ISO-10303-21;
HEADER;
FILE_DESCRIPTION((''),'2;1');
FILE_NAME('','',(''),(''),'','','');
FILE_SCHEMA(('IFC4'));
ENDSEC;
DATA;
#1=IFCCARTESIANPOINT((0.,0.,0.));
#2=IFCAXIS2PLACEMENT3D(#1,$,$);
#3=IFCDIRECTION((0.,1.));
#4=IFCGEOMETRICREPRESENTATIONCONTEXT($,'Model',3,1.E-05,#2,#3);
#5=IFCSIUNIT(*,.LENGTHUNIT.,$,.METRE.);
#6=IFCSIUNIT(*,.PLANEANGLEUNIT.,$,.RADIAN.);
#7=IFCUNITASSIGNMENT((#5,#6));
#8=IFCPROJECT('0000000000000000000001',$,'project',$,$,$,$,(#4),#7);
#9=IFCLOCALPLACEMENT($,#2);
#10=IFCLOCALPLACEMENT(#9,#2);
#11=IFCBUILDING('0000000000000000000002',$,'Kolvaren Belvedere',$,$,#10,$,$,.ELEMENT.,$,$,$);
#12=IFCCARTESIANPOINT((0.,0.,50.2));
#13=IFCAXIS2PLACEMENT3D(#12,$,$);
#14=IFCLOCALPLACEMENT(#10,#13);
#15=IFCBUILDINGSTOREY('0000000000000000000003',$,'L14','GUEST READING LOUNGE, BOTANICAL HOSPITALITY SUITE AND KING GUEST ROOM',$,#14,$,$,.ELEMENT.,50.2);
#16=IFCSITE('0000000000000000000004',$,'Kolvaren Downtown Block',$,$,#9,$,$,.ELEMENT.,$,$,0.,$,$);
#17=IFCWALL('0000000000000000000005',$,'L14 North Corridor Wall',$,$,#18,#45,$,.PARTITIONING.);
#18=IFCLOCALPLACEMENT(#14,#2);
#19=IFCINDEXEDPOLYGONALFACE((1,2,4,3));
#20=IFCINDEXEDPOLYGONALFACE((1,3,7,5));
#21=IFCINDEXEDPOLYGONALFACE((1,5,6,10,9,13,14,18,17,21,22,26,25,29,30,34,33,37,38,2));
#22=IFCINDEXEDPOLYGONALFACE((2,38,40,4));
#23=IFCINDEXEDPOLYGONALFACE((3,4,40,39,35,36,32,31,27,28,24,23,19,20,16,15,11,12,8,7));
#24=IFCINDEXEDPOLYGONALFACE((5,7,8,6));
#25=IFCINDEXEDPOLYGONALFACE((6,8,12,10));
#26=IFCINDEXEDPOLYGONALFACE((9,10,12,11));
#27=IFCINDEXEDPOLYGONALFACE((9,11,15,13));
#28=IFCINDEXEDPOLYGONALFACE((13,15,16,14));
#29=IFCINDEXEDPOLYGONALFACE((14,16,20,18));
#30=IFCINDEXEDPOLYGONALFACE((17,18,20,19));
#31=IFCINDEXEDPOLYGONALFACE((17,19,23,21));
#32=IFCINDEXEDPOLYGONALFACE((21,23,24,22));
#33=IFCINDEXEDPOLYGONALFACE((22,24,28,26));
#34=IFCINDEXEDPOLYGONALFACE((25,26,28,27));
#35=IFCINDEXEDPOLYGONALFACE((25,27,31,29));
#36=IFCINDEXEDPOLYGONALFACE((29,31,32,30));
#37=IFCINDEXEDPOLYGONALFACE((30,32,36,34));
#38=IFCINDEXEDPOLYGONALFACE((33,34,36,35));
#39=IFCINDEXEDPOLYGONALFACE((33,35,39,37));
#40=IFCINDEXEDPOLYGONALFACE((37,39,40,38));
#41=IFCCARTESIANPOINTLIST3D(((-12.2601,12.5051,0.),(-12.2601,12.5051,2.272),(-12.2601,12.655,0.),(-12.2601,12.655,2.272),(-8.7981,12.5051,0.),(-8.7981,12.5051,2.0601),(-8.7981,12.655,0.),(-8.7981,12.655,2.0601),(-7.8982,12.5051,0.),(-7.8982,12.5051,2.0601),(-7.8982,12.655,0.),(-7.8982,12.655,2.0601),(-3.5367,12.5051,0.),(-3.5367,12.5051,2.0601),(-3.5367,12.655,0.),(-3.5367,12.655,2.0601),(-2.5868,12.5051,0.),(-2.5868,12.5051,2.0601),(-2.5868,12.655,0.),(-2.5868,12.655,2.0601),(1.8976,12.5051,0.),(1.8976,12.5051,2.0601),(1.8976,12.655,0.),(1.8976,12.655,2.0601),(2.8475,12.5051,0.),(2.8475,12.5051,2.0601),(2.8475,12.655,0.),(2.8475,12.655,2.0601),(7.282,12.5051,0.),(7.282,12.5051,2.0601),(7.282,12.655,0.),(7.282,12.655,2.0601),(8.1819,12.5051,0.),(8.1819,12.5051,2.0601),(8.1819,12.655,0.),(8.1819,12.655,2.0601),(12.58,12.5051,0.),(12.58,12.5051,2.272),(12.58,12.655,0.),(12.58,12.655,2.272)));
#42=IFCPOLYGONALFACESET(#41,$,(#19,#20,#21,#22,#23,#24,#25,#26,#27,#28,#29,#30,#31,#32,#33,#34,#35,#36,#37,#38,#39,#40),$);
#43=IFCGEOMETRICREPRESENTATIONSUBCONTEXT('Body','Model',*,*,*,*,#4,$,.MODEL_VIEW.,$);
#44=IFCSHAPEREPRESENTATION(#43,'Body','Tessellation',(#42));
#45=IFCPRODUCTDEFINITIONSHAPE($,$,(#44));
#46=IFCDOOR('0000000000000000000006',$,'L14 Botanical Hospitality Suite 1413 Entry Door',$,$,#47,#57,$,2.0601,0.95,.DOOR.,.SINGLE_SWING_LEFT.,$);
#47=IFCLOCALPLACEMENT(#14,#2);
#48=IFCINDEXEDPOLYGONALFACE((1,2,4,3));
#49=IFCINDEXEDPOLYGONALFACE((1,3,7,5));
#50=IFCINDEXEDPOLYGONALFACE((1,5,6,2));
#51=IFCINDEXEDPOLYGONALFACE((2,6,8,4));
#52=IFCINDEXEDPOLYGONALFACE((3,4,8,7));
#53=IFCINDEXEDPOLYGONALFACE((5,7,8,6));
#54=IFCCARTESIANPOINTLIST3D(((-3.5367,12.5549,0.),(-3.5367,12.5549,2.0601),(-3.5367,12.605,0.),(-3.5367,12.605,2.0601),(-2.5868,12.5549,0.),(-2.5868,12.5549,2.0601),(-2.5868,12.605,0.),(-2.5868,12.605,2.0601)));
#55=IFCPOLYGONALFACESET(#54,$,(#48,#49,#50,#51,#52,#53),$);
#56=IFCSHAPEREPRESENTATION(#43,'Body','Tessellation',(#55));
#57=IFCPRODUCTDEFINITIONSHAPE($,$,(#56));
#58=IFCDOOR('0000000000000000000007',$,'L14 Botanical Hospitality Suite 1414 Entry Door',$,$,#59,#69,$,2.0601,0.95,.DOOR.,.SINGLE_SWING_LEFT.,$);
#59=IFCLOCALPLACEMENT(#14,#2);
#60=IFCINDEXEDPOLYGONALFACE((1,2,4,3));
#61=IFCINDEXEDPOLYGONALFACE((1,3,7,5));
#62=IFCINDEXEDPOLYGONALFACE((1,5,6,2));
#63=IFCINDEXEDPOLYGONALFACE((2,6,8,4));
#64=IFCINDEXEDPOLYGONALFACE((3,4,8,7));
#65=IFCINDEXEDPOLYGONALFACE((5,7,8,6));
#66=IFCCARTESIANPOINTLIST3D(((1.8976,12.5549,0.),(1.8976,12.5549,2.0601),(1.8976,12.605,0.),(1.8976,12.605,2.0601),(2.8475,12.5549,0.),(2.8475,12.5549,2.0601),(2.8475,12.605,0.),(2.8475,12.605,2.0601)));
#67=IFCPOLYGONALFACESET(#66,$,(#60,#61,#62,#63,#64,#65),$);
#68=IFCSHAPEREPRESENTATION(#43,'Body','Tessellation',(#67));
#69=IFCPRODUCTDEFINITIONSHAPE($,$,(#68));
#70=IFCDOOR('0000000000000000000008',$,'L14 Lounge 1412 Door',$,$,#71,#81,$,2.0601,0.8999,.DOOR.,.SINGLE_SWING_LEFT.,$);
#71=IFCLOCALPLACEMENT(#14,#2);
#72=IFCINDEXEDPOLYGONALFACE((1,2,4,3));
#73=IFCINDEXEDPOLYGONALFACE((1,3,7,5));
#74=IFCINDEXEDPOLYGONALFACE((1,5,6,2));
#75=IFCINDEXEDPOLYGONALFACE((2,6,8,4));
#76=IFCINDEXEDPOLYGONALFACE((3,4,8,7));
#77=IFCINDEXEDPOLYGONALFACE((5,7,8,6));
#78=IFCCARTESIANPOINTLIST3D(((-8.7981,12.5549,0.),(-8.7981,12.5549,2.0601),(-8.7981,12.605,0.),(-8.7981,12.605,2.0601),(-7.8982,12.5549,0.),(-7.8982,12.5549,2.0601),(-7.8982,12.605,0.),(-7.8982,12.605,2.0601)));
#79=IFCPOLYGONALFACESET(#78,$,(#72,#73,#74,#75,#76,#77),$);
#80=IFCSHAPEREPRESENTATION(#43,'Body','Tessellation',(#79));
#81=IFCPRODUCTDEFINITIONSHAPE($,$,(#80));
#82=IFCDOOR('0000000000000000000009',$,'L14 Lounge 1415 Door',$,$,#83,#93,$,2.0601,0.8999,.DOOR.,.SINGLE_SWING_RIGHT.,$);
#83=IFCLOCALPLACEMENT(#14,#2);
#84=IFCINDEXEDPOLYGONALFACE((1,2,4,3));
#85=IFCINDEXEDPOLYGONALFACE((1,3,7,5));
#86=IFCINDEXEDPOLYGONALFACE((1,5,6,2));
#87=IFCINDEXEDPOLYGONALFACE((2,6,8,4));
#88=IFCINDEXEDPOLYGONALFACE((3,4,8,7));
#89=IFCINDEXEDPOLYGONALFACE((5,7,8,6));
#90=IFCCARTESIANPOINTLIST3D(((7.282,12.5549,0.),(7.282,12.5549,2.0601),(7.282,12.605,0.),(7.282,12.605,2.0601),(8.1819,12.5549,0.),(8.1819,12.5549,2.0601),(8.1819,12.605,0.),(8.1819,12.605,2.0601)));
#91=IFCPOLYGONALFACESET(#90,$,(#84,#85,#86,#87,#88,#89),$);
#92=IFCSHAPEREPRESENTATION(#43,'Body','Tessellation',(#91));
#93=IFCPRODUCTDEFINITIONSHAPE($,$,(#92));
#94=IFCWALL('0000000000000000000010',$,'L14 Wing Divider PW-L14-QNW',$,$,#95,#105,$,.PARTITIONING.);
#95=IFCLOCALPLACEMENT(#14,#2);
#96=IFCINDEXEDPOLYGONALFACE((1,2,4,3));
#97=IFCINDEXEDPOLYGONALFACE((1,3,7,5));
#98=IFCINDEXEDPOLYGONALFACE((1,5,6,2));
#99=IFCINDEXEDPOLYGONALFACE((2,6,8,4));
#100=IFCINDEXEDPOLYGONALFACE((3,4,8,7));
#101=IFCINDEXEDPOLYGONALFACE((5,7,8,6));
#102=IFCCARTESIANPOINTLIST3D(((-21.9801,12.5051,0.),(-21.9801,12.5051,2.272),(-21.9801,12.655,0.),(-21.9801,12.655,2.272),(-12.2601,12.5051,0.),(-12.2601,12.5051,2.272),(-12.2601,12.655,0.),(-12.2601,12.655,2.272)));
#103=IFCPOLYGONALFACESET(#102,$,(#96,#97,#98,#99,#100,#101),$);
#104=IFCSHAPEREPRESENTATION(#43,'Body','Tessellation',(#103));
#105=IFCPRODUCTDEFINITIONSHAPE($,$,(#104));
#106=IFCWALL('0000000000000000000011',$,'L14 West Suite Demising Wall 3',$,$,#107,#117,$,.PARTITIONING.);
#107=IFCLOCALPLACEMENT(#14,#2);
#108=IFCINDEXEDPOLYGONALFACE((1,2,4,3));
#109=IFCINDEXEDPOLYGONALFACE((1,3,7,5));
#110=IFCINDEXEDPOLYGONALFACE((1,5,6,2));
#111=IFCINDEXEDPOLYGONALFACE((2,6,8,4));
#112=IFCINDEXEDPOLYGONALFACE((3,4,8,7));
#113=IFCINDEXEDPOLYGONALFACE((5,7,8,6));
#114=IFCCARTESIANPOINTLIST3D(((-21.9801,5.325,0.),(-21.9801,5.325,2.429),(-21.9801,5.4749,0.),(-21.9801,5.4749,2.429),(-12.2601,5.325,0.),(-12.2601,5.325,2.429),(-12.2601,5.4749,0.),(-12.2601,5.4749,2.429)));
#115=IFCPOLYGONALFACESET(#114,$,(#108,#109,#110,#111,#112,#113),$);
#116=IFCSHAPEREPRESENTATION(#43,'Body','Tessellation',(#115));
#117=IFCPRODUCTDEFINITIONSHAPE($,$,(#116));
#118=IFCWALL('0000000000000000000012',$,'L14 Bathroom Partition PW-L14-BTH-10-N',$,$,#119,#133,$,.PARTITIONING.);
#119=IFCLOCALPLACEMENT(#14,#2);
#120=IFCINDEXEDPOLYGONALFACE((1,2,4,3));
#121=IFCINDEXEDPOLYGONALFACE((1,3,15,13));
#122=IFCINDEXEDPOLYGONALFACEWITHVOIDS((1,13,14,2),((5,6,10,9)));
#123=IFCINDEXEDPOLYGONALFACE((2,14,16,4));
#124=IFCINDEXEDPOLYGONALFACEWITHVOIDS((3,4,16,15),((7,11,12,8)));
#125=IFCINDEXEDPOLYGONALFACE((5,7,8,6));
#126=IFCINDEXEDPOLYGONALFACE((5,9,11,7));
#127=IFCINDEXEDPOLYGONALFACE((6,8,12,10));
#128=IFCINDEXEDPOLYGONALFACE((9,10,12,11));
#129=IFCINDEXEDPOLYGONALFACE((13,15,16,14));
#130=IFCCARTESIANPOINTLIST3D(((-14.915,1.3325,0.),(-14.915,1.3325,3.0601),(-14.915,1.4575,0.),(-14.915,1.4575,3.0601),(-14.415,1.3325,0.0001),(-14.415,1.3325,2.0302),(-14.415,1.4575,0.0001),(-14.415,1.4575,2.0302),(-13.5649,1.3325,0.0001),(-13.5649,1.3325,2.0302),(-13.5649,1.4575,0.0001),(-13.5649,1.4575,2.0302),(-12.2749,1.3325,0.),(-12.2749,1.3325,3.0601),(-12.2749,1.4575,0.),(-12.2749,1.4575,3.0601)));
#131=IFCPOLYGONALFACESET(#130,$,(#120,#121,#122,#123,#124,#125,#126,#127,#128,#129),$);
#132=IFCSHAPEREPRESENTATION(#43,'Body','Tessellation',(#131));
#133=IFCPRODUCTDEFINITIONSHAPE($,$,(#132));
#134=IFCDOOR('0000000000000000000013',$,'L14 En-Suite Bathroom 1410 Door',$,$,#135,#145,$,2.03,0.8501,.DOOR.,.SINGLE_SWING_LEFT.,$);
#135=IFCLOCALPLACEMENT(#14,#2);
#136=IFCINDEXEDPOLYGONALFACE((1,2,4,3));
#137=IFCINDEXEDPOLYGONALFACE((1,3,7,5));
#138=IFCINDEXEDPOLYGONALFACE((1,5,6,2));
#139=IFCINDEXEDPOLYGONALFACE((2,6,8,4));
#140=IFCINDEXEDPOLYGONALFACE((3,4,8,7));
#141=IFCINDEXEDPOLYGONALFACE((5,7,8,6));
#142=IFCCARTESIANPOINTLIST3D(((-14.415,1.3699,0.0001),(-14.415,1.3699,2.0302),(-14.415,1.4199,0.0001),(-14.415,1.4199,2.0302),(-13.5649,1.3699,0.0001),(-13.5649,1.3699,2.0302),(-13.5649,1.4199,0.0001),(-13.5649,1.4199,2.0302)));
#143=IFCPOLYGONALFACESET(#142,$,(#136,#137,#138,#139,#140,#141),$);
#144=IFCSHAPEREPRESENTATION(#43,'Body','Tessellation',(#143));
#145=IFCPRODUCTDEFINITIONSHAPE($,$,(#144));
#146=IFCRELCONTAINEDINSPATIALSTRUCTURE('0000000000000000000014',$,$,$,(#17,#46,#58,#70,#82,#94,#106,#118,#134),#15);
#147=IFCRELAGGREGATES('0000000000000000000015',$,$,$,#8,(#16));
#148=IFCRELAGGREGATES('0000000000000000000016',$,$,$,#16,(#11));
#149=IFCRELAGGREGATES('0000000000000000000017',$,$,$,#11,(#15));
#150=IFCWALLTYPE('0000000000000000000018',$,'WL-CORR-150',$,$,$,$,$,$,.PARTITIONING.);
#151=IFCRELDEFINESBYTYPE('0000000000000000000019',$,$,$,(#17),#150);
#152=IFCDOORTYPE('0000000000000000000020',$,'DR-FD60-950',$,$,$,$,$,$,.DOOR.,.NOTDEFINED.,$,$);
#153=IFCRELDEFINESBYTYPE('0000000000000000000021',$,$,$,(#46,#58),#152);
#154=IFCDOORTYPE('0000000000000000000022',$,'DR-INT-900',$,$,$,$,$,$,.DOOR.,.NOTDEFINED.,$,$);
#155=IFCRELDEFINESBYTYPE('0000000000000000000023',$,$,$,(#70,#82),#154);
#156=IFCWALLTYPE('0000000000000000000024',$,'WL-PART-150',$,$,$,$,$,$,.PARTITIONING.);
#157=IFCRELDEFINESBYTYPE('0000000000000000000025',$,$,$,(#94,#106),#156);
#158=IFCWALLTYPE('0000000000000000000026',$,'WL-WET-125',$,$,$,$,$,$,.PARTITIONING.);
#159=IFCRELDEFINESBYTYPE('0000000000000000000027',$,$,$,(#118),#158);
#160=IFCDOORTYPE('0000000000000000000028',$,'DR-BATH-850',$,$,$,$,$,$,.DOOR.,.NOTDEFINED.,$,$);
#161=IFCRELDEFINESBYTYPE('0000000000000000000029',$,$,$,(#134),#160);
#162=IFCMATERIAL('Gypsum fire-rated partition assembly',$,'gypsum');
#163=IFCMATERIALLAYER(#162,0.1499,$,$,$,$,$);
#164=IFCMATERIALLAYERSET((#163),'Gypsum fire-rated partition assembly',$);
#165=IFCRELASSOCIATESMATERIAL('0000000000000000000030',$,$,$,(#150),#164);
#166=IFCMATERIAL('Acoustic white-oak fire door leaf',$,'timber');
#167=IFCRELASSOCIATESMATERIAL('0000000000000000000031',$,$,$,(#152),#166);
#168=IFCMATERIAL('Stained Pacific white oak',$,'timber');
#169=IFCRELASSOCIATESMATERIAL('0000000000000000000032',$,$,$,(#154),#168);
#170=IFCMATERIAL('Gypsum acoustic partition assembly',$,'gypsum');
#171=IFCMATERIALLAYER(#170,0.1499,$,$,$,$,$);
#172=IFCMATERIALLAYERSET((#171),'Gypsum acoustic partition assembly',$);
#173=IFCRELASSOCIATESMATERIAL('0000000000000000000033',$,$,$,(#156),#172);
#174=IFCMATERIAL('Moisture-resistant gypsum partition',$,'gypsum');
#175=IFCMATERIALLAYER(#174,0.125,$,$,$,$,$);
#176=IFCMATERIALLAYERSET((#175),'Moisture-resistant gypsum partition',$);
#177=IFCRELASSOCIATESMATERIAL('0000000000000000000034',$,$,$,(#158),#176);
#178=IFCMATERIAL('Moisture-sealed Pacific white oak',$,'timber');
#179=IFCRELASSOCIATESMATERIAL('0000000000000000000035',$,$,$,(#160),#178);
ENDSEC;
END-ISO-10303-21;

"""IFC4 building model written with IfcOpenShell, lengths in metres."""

from ifc_helpers import new_model, si_unit, direction, frame, frame_2d, origin, place, context, subcontext, project, spatial, rectangle, extrude, material, layer, layer_set, type_object, element, fill, save


model = new_model("IFC4")

# Units and contexts
model_context = context("Model", 3, precision=1e-05, world=origin(), true_north=direction((0.0, 1.0)))
body_context = subcontext(model_context, "Body", "Model", "MODEL_VIEW")
ifc_project = project(units=[si_unit("LENGTHUNIT", "METRE"), si_unit("PLANEANGLEUNIT", "RADIAN")], contexts=[model_context])

# Site, building, storey
site_placement = place(None, origin())
site = spatial("IfcSite", under=ifc_project, at=site_placement, Name="Kolvaren Downtown Block", CompositionType="ELEMENT", RefElevation=0.0)
building_placement = place(site_placement, origin())
building = spatial("IfcBuilding", under=site, at=building_placement, Name="Kolvaren Belvedere", CompositionType="ELEMENT")
storey_placement = place(building_placement, frame((0.0, 0.0, 50.2)))
storey = spatial("IfcBuildingStorey", under=building, at=storey_placement, Name="L14", Description="GUEST READING LOUNGE, BOTANICAL HOSPITALITY SUITE AND KING GUEST ROOM", CompositionType="ELEMENT", Elevation=50.2)

# Wall, openings, doors
ifc_material_1 = material(Name="Gypsum fire-rated partition assembly", Category="gypsum")
ifc_layer_1 = layer(ifc_material_1, 0.1499)
ifc_layer_set_1 = layer_set([ifc_layer_1], Name="Gypsum fire-rated partition assembly")
wall_type_1 = type_object("IfcWallType", Name="WL-CORR-150", PredefinedType="PARTITIONING", material=ifc_layer_set_1)
wall_1_placement = place(storey_placement, frame((-12.26, 12.5801, 0.0), z_axis=(0.0, 0.0, 1.0), x_axis=(1.0, 0.0, 0.0)))
wall_1 = element("IfcWall", 1, at=wall_1_placement, inside=storey, type_object=wall_type_1, Name="L14 North Corridor Wall", PredefinedType="PARTITIONING", context=body_context, shape_type="SweptSolid", body=[
    extrude(rectangle(XDim=24.8401, YDim=0.1499, at=frame_2d((12.4199, 0.0))), origin(), (0.0, 0.0, 1.0), 2.272),
])
opening_1_placement = place(wall_1_placement, frame((3.4619, 0.0, 0.0)))
opening_1 = element("IfcOpeningElement", 2, at=opening_1_placement, cuts=wall_1, PredefinedType="OPENING", context=body_context, shape_type="SweptSolid", body=[
    extrude(rectangle(XDim=0.8999, YDim=2.0601, at=frame_2d((0.45, 1.03))), frame((0.0, 0.085, 0.0), z_axis=(0.0, -1.0, 0.0), x_axis=(1.0, 0.0, 0.0)), (0.0, 0.0, 1.0), 0.1699),
])
opening_2_placement = place(wall_1_placement, frame((8.7231, 0.0, 0.0)))
opening_2 = element("IfcOpeningElement", 3, at=opening_2_placement, cuts=wall_1, PredefinedType="OPENING", context=body_context, shape_type="SweptSolid", body=[
    extrude(rectangle(XDim=0.95, YDim=2.0601, at=frame_2d((0.4751, 1.03))), frame((0.0, 0.085, 0.0), z_axis=(0.0, -1.0, 0.0), x_axis=(1.0, 0.0, 0.0)), (0.0, 0.0, 1.0), 0.1699),
])
opening_3_placement = place(wall_1_placement, frame((14.1575, 0.0, 0.0)))
opening_3 = element("IfcOpeningElement", 4, at=opening_3_placement, cuts=wall_1, PredefinedType="OPENING", context=body_context, shape_type="SweptSolid", body=[
    extrude(rectangle(XDim=0.95, YDim=2.0601, at=frame_2d((0.4751, 1.03))), frame((0.0, 0.085, 0.0), z_axis=(0.0, -1.0, 0.0), x_axis=(1.0, 0.0, 0.0)), (0.0, 0.0, 1.0), 0.1699),
])
opening_4_placement = place(wall_1_placement, frame((19.542, 0.0, 0.0)))
opening_4 = element("IfcOpeningElement", 5, at=opening_4_placement, cuts=wall_1, PredefinedType="OPENING", context=body_context, shape_type="SweptSolid", body=[
    extrude(rectangle(XDim=0.8999, YDim=2.0601, at=frame_2d((0.45, 1.03))), frame((0.0, 0.085, 0.0), z_axis=(0.0, -1.0, 0.0), x_axis=(1.0, 0.0, 0.0)), (0.0, 0.0, 1.0), 0.1699),
])
ifc_material_2 = material(Name="Acoustic white-oak fire door leaf", Category="timber")
door_type_1 = type_object("IfcDoorType", Name="DR-FD60-950", OperationType="NOTDEFINED", PredefinedType="DOOR", material=ifc_material_2)
door_1_placement = place(opening_2_placement, origin())
door_1 = element("IfcDoor", 6, at=door_1_placement, inside=storey, type_object=door_type_1, Name="L14 Botanical Hospitality Suite 1413 Entry Door", OperationType="SINGLE_SWING_LEFT", OverallHeight=2.0601, OverallWidth=0.95, PredefinedType="DOOR", context=body_context, shape_type="SweptSolid", body=[
    extrude(rectangle(XDim=0.95, YDim=2.0601, at=frame_2d((0.4751, 1.03))), frame((0.0, 0.0249, 0.0), z_axis=(0.0, -1.0, 0.0), x_axis=(1.0, 0.0, 0.0)), (0.0, 0.0, 1.0), 0.05),
])
fill(opening_2, door_1)
door_2_placement = place(opening_3_placement, origin())
door_2 = element("IfcDoor", 7, at=door_2_placement, inside=storey, type_object=door_type_1, Name="L14 Botanical Hospitality Suite 1414 Entry Door", OperationType="SINGLE_SWING_LEFT", OverallHeight=2.0601, OverallWidth=0.95, PredefinedType="DOOR", context=body_context, shape_type="SweptSolid", body=[
    extrude(rectangle(XDim=0.95, YDim=2.0601, at=frame_2d((0.4751, 1.03))), frame((0.0, 0.0249, 0.0), z_axis=(0.0, -1.0, 0.0), x_axis=(1.0, 0.0, 0.0)), (0.0, 0.0, 1.0), 0.05),
])
fill(opening_3, door_2)
ifc_material_3 = material(Name="Stained Pacific white oak", Category="timber")
door_type_2 = type_object("IfcDoorType", Name="DR-INT-900", OperationType="NOTDEFINED", PredefinedType="DOOR", material=ifc_material_3)
door_3_placement = place(opening_1_placement, origin())
door_3 = element("IfcDoor", 8, at=door_3_placement, inside=storey, type_object=door_type_2, Name="L14 Lounge 1412 Door", OperationType="SINGLE_SWING_LEFT", OverallHeight=2.0601, OverallWidth=0.8999, PredefinedType="DOOR", context=body_context, shape_type="SweptSolid", body=[
    extrude(rectangle(XDim=0.8999, YDim=2.0601, at=frame_2d((0.45, 1.03))), frame((0.0, 0.0249, 0.0), z_axis=(0.0, -1.0, 0.0), x_axis=(1.0, 0.0, 0.0)), (0.0, 0.0, 1.0), 0.05),
])
fill(opening_1, door_3)
door_4_placement = place(opening_4_placement, origin())
door_4 = element("IfcDoor", 9, at=door_4_placement, inside=storey, type_object=door_type_2, Name="L14 Lounge 1415 Door", OperationType="SINGLE_SWING_RIGHT", OverallHeight=2.0601, OverallWidth=0.8999, PredefinedType="DOOR", context=body_context, shape_type="SweptSolid", body=[
    extrude(rectangle(XDim=0.8999, YDim=2.0601, at=frame_2d((0.45, 1.03))), frame((0.0, 0.0249, 0.0), z_axis=(0.0, -1.0, 0.0), x_axis=(1.0, 0.0, 0.0)), (0.0, 0.0, 1.0), 0.05),
])
fill(opening_4, door_4)

# Walls
ifc_material_4 = material(Name="Gypsum acoustic partition assembly", Category="gypsum")
ifc_layer_2 = layer(ifc_material_4, 0.1499)
ifc_layer_set_2 = layer_set([ifc_layer_2], Name="Gypsum acoustic partition assembly")
wall_type_2 = type_object("IfcWallType", Name="WL-PART-150", PredefinedType="PARTITIONING", material=ifc_layer_set_2)
wall_2_placement = place(storey_placement, frame((-21.98, 12.5801, 0.0), z_axis=(0.0, 0.0, 1.0), x_axis=(1.0, 0.0, 0.0)))
element("IfcWall", 10, at=wall_2_placement, inside=storey, type_object=wall_type_2, Name="L14 Wing Divider PW-L14-QNW", PredefinedType="PARTITIONING", context=body_context, shape_type="SweptSolid", body=[
    extrude(rectangle(XDim=9.72, YDim=0.1499, at=frame_2d((4.8599, 0.0))), origin(), (0.0, 0.0, 1.0), 2.272),
])
wall_3_placement = place(storey_placement, frame((-21.98, 5.3999, 0.0), z_axis=(0.0, 0.0, 1.0), x_axis=(1.0, 0.0, 0.0)))
element("IfcWall", 11, at=wall_3_placement, inside=storey, type_object=wall_type_2, Name="L14 West Suite Demising Wall 3", PredefinedType="PARTITIONING", context=body_context, shape_type="SweptSolid", body=[
    extrude(rectangle(XDim=9.72, YDim=0.1499, at=frame_2d((4.8599, 0.0))), origin(), (0.0, 0.0, 1.0), 2.429),
])

# Wall, opening, door
ifc_material_5 = material(Name="Moisture-resistant gypsum partition", Category="gypsum")
ifc_layer_3 = layer(ifc_material_5, 0.125)
ifc_layer_set_3 = layer_set([ifc_layer_3], Name="Moisture-resistant gypsum partition")
wall_type_3 = type_object("IfcWallType", Name="WL-WET-125", PredefinedType="PARTITIONING", material=ifc_layer_set_3)
wall_4_placement = place(storey_placement, frame((-14.915, 1.395, 0.0), z_axis=(0.0, 0.0, 1.0), x_axis=(1.0, 0.0, 0.0)))
wall_4 = element("IfcWall", 12, at=wall_4_placement, inside=storey, type_object=wall_type_3, Name="L14 Bathroom Partition PW-L14-BTH-10-N", PredefinedType="PARTITIONING", context=body_context, shape_type="SweptSolid", body=[
    extrude(rectangle(XDim=2.6401, YDim=0.125, at=frame_2d((1.3201, 0.0))), origin(), (0.0, 0.0, 1.0), 3.0601),
])
opening_5_placement = place(wall_4_placement, frame((0.5, 0.0, 0.0)))
opening_5 = element("IfcOpeningElement", 13, at=opening_5_placement, cuts=wall_4, PredefinedType="OPENING", context=body_context, shape_type="SweptSolid", body=[
    extrude(rectangle(XDim=0.8501, YDim=2.03, at=frame_2d((0.425, 1.0151))), frame((0.0, 0.0725, 0.0), z_axis=(0.0, -1.0, 0.0), x_axis=(1.0, 0.0, 0.0)), (0.0, 0.0, 1.0), 0.145),
])
ifc_material_6 = material(Name="Moisture-sealed Pacific white oak", Category="timber")
door_type_3 = type_object("IfcDoorType", Name="DR-BATH-850", OperationType="NOTDEFINED", PredefinedType="DOOR", material=ifc_material_6)
door_5_placement = place(opening_5_placement, origin())
door_5 = element("IfcDoor", 14, at=door_5_placement, inside=storey, type_object=door_type_3, Name="L14 En-Suite Bathroom 1410 Door", OperationType="SINGLE_SWING_LEFT", OverallHeight=2.03, OverallWidth=0.8501, PredefinedType="DOOR", context=body_context, shape_type="SweptSolid", body=[
    extrude(rectangle(XDim=0.8501, YDim=2.03, at=frame_2d((0.425, 1.0151))), frame((0.0, 0.0249, 0.0), z_axis=(0.0, -1.0, 0.0), x_axis=(1.0, 0.0, 0.0)), (0.0, 0.0, 1.0), 0.05),
])
fill(opening_5, door_5)

save(model, "model.ifc")
